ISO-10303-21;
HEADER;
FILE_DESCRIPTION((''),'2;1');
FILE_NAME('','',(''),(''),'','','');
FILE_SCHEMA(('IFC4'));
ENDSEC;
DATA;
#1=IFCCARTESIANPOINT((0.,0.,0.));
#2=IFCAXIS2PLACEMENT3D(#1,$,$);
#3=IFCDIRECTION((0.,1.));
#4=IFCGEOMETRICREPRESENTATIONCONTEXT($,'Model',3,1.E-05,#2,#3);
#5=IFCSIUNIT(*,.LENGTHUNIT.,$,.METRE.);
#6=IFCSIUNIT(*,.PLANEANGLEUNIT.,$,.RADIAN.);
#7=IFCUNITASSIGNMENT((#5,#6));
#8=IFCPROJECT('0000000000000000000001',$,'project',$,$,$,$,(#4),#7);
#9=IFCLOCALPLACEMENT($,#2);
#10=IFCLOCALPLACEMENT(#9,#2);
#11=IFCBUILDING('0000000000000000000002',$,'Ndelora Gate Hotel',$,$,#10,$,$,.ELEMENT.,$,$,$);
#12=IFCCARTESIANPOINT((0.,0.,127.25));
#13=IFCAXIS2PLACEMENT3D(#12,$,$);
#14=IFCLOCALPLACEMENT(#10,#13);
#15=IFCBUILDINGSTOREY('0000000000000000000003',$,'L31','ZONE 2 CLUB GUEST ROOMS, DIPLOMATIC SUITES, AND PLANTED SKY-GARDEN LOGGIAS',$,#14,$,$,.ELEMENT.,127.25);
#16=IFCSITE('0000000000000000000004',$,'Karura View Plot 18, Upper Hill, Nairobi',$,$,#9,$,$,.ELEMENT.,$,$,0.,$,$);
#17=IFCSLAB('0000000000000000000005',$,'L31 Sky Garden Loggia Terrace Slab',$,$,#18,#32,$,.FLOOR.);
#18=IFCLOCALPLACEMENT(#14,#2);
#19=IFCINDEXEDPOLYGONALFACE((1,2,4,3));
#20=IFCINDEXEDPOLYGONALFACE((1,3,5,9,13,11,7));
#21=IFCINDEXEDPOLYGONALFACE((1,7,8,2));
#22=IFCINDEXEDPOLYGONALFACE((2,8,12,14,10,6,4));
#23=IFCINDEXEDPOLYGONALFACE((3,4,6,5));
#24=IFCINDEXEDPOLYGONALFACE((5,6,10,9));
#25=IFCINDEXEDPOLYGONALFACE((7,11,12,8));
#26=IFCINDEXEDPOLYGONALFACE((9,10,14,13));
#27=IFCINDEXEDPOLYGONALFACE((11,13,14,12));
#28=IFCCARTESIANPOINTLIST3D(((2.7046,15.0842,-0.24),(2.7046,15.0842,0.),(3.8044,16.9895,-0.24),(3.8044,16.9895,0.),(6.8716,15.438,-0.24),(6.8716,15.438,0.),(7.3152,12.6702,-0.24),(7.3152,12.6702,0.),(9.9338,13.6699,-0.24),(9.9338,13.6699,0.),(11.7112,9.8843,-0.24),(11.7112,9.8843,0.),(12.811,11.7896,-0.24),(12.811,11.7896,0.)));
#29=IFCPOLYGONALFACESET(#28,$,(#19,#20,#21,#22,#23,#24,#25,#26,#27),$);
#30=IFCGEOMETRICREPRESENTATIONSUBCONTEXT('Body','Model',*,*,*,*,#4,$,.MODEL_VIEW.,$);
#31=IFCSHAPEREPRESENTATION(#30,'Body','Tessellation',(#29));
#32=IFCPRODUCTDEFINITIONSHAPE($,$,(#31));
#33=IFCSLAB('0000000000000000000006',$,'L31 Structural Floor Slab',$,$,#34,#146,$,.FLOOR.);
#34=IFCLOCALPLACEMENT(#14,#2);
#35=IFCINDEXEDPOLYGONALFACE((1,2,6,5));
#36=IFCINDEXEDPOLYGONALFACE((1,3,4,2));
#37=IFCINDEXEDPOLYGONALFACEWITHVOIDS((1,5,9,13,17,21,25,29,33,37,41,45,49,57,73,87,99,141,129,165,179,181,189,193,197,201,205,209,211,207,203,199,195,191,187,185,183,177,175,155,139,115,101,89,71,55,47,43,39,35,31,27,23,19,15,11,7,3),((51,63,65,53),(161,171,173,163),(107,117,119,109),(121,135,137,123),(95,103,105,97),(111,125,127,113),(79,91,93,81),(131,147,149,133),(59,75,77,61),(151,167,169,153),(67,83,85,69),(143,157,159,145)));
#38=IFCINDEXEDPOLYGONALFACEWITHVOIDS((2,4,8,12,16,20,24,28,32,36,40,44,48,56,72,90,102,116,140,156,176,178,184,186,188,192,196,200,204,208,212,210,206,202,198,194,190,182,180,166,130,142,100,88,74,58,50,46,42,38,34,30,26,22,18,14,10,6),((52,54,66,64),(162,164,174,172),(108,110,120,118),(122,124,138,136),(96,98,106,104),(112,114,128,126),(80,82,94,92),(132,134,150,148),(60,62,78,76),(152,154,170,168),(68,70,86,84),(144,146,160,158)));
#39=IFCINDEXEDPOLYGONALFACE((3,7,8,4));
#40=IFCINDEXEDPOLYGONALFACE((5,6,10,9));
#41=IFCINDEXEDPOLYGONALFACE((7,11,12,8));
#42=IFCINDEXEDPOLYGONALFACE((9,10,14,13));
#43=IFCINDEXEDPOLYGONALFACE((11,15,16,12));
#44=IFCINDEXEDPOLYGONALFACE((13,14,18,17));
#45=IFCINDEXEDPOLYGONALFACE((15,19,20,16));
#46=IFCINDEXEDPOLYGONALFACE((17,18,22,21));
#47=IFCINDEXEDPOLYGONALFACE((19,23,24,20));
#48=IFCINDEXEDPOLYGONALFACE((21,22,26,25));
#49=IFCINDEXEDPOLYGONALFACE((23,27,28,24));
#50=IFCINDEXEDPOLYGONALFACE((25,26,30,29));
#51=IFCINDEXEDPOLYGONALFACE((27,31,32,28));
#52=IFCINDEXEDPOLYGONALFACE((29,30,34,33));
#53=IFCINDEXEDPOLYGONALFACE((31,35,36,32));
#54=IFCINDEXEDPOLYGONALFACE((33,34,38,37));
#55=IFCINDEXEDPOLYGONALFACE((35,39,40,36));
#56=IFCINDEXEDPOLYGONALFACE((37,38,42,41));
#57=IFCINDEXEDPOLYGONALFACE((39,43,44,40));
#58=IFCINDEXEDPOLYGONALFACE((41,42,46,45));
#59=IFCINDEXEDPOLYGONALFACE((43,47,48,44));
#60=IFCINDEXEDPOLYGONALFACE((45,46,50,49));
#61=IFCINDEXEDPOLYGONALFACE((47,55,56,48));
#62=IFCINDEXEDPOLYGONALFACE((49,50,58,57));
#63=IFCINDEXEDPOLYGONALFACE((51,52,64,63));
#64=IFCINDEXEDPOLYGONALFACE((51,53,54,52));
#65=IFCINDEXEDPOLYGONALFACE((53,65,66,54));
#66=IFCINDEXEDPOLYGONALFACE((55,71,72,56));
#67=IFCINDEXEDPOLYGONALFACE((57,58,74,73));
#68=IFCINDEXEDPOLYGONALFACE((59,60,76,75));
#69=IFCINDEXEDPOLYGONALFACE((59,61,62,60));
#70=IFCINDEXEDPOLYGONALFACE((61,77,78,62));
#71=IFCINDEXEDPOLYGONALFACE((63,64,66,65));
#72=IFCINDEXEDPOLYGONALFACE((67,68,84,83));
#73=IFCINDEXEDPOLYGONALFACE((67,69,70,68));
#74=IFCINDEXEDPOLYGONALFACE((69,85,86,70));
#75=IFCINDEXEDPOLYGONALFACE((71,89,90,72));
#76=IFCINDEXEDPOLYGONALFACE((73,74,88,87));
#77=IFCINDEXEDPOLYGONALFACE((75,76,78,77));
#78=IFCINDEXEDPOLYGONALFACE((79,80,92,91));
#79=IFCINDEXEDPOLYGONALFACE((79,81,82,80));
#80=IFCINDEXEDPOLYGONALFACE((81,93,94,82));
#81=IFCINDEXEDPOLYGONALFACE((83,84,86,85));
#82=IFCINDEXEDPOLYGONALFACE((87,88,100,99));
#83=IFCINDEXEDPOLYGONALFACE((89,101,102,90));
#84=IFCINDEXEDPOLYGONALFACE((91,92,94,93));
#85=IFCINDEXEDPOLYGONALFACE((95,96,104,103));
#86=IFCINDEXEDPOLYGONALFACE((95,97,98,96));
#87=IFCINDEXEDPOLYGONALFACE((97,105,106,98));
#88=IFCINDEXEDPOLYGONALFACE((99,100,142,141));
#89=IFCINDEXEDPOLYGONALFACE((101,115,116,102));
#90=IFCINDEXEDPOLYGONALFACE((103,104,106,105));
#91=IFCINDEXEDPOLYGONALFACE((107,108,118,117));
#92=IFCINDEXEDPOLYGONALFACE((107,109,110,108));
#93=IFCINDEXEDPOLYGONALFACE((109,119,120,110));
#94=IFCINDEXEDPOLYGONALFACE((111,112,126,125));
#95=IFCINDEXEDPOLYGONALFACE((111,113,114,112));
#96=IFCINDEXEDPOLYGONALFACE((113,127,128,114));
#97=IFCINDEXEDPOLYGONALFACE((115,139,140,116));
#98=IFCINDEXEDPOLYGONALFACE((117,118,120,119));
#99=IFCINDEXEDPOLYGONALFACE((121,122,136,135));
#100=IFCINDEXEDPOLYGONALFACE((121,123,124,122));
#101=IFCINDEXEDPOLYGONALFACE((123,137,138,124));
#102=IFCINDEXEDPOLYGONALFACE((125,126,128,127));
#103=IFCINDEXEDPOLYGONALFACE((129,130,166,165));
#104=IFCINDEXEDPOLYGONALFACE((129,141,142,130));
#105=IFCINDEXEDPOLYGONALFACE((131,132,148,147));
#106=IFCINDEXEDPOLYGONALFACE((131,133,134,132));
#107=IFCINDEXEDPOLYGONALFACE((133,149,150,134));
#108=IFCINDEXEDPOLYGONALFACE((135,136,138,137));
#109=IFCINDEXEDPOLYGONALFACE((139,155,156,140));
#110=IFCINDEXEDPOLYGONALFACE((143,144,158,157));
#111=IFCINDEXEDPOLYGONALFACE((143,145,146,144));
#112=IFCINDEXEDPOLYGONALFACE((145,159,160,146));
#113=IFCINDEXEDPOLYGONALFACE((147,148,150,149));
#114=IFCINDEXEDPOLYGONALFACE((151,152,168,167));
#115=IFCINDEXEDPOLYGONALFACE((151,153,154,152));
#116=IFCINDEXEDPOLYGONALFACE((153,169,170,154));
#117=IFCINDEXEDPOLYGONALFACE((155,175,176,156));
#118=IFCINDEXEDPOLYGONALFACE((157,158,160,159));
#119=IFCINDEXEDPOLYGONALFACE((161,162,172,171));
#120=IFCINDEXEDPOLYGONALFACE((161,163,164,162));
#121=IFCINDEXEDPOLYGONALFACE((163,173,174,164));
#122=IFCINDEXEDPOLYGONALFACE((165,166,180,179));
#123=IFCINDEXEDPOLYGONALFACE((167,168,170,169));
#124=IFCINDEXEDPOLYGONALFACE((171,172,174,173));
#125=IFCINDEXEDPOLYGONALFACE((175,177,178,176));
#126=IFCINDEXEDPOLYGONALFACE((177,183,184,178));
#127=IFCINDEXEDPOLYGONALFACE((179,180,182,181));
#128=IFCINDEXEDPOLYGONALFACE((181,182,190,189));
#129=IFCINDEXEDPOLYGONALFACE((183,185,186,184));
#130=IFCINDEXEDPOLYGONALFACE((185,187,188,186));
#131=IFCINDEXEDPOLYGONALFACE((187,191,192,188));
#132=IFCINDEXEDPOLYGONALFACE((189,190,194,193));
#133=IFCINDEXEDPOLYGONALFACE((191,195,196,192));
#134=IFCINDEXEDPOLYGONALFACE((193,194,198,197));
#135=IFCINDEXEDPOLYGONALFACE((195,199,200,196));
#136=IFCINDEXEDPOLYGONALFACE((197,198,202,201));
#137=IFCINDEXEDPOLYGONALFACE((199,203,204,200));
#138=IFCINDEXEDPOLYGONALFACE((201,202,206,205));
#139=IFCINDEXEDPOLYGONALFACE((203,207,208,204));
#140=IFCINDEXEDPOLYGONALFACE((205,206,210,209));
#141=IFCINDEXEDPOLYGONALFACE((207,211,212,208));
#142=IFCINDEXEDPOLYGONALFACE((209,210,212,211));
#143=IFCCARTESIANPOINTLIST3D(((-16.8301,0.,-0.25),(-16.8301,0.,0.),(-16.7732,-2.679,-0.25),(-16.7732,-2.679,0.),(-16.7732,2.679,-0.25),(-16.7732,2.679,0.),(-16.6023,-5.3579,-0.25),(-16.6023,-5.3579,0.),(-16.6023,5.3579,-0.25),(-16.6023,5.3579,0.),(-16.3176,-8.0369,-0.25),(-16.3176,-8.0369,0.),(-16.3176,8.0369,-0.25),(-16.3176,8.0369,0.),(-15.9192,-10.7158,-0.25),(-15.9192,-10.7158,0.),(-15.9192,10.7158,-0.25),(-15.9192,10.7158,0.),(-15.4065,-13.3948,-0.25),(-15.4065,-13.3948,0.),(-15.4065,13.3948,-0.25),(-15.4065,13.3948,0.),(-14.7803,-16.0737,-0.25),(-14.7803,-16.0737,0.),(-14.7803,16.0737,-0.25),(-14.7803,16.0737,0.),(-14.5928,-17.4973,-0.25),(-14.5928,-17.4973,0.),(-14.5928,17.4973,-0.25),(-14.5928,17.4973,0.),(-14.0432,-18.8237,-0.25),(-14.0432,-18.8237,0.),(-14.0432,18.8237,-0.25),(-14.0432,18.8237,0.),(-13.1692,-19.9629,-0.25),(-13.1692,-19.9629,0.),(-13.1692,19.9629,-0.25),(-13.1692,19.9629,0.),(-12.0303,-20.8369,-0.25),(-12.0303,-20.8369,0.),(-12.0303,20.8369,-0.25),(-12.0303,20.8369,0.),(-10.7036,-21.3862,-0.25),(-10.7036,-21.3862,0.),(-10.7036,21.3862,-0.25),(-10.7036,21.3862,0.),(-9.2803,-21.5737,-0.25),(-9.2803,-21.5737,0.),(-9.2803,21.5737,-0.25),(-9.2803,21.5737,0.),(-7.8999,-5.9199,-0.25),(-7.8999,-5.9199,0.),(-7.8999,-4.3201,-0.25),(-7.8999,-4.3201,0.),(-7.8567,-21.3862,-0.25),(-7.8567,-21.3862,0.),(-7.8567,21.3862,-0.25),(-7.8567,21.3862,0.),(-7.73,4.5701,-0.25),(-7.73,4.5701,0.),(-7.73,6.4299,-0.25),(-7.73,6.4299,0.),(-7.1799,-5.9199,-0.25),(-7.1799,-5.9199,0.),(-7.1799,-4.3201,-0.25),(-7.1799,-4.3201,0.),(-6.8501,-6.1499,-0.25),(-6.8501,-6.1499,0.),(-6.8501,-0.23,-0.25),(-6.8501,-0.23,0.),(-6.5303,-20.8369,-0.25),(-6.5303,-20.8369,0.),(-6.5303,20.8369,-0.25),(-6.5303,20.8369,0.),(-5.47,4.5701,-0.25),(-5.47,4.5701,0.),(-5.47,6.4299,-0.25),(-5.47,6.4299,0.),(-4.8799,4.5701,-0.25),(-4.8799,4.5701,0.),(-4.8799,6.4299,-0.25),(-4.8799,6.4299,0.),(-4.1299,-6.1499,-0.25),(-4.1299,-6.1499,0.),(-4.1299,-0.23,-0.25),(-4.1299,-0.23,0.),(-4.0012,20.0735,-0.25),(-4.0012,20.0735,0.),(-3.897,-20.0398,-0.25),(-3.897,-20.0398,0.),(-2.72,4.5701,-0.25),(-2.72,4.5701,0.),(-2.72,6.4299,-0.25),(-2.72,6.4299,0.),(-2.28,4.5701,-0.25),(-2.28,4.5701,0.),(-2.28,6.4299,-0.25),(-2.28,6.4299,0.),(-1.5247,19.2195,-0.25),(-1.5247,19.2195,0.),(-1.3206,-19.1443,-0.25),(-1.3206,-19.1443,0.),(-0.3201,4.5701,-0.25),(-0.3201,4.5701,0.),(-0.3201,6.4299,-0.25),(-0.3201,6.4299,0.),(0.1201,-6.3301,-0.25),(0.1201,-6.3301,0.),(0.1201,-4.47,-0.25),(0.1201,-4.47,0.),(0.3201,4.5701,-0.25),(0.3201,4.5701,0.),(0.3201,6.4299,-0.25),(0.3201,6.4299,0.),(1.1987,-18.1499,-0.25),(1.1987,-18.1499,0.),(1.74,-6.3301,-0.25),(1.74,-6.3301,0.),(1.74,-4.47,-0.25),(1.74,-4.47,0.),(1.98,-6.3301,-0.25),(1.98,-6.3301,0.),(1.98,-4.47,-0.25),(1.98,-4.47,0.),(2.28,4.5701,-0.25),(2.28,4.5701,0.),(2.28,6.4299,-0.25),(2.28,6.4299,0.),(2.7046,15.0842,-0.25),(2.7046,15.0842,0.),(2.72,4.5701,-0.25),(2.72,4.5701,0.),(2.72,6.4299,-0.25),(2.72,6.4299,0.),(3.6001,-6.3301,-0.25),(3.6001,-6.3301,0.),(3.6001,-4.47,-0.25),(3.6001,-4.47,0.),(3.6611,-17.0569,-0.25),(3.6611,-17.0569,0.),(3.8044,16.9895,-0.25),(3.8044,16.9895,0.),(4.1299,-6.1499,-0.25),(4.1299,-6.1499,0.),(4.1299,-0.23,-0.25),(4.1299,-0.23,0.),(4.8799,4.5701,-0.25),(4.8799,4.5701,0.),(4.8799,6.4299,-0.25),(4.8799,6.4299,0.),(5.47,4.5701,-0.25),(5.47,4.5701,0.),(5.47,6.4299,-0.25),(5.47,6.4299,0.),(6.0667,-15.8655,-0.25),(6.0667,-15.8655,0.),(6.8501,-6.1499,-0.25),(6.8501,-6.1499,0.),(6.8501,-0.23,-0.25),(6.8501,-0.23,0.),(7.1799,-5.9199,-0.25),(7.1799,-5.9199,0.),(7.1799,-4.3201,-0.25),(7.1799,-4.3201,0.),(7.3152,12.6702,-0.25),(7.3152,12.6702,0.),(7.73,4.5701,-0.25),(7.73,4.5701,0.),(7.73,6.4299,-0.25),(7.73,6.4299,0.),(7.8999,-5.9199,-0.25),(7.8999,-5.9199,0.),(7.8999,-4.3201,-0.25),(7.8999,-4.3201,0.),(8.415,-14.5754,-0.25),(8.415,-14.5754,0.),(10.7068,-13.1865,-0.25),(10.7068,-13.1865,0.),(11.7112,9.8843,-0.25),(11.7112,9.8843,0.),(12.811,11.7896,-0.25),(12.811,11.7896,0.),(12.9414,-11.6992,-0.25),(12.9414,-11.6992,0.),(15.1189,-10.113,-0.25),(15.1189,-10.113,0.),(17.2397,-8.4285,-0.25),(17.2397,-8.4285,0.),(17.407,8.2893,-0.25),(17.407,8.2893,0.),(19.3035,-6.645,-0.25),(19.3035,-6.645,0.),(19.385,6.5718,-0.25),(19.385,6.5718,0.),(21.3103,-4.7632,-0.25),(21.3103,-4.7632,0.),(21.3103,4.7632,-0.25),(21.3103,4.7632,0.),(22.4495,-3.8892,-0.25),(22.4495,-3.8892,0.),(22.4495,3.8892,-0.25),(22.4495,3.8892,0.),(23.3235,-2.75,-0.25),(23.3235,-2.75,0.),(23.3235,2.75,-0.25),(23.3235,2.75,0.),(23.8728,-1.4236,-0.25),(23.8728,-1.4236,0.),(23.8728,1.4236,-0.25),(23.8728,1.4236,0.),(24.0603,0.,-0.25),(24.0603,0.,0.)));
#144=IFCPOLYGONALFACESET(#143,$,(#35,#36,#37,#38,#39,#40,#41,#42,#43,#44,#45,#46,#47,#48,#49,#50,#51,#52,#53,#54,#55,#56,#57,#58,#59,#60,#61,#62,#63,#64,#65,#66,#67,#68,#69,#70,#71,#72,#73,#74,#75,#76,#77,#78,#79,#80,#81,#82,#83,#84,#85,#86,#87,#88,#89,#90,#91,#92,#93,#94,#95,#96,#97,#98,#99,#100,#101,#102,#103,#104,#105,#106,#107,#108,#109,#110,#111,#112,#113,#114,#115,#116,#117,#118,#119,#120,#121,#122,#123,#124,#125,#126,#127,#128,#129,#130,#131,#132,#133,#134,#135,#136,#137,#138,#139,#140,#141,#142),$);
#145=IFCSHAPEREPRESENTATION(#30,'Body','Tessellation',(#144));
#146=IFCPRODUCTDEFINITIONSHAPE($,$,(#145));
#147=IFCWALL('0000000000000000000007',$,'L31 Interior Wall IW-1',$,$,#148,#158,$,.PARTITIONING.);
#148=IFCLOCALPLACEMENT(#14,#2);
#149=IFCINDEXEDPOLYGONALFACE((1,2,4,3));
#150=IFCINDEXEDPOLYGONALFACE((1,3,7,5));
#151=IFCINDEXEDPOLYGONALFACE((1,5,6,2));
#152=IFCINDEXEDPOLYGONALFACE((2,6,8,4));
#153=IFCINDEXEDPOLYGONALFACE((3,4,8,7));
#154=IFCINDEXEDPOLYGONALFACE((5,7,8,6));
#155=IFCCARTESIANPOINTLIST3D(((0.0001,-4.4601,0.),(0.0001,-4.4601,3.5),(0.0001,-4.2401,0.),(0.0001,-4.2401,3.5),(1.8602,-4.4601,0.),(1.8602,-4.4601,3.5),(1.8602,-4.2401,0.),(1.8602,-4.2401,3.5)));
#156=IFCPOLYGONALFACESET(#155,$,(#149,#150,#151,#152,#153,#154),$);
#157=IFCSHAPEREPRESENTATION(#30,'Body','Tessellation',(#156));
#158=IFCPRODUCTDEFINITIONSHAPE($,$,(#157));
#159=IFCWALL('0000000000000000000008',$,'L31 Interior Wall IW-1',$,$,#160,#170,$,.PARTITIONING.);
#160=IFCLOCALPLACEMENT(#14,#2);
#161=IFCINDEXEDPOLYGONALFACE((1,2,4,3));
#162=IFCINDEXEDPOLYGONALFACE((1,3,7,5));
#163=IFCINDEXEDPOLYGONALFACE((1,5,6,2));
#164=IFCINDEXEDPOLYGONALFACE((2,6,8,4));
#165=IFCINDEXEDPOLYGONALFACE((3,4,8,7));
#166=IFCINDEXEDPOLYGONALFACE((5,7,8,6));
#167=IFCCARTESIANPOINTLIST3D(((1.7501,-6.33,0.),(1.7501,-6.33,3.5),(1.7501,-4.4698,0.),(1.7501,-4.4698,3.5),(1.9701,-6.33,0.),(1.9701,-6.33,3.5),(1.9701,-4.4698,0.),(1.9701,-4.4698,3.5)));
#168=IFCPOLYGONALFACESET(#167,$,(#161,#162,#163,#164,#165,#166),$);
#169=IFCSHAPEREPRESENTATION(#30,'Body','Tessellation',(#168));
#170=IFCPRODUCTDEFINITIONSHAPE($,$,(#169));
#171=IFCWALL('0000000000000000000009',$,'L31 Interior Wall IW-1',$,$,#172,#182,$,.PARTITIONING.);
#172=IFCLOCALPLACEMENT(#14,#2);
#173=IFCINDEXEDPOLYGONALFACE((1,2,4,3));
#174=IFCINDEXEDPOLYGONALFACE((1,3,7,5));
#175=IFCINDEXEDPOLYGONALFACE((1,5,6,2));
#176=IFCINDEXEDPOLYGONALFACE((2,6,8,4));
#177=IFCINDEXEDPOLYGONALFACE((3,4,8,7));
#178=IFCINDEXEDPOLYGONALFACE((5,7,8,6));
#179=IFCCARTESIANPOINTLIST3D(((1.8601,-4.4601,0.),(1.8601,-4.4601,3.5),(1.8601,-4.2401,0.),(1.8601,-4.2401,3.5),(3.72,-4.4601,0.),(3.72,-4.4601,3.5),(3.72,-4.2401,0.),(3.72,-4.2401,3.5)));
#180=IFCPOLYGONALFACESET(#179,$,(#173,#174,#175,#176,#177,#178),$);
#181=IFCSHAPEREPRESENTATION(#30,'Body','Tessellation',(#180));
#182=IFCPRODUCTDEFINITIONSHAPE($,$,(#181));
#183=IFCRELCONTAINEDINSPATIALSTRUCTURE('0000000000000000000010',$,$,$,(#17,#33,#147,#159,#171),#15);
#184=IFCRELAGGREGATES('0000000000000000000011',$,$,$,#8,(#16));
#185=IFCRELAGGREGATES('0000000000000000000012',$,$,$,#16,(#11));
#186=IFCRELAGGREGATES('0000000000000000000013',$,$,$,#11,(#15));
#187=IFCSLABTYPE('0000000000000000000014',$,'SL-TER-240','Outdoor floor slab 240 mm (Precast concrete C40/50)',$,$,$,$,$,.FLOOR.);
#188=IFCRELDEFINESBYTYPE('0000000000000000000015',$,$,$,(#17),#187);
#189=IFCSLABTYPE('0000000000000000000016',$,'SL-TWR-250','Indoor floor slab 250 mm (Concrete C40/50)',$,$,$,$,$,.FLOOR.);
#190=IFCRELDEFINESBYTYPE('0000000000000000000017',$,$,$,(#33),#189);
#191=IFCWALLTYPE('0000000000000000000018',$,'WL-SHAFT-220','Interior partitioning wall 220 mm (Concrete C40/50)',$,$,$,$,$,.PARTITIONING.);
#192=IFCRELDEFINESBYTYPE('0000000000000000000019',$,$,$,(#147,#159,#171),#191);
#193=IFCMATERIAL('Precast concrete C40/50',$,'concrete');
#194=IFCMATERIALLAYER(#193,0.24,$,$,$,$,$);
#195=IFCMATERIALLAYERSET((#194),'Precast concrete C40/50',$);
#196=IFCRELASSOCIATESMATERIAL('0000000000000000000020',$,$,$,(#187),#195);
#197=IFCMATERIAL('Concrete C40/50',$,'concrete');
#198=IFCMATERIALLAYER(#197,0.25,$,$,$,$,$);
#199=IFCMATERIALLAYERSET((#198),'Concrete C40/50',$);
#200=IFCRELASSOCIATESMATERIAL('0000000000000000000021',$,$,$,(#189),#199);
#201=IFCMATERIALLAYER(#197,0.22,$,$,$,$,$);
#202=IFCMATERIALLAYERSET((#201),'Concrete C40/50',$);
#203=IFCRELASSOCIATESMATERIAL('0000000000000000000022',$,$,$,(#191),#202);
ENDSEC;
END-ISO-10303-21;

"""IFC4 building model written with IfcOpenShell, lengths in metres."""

from ifc_helpers import new_model, si_unit, direction, frame, frame_2d, origin, place, context, subcontext, project, spatial, polyline, rectangle, outline, extrude, material, layer, layer_set, type_object, element, save


model = new_model("IFC4")

# Units and contexts
model_context = context("Model", 3, precision=1e-05, world=origin(), true_north=direction((0.0, 1.0)))
body_context = subcontext(model_context, "Body", "Model", "MODEL_VIEW")
ifc_project = project(units=[si_unit("LENGTHUNIT", "METRE"), si_unit("PLANEANGLEUNIT", "RADIAN")], contexts=[model_context])

# Site, building, storey
site_placement = place(None, origin())
site = spatial("IfcSite", under=ifc_project, at=site_placement, Name="Karura View Plot 18, Upper Hill, Nairobi", CompositionType="ELEMENT", RefElevation=0.0)
building_placement = place(site_placement, origin())
building = spatial("IfcBuilding", under=site, at=building_placement, Name="Ndelora Gate Hotel", CompositionType="ELEMENT")
storey_placement = place(building_placement, frame((0.0, 0.0, 127.25)))
storey = spatial("IfcBuildingStorey", under=building, at=storey_placement, Name="L31", Description="ZONE 2 CLUB GUEST ROOMS, DIPLOMATIC SUITES, AND PLANTED SKY-GARDEN LOGGIAS", CompositionType="ELEMENT", Elevation=127.25)

# Slabs
ifc_material_1 = material(Name="Precast concrete C40/50", Category="concrete")
ifc_layer_1 = layer(ifc_material_1, 0.24)
ifc_layer_set_1 = layer_set([ifc_layer_1], Name="Precast concrete C40/50")
slab_type_1 = type_object("IfcSlabType", Name="SL-TER-240", Description="Outdoor floor slab 240 mm (Precast concrete C40/50)", PredefinedType="FLOOR", material=ifc_layer_set_1)
slab_1_placement = place(storey_placement, frame((0.0, 0.0, -0.24)))
element("IfcSlab", 1, at=slab_1_placement, inside=storey, type_object=slab_type_1, Name="L31 Sky Garden Loggia Terrace Slab", PredefinedType="FLOOR", context=body_context, shape_type="SweptSolid", body=[
    extrude(outline(polyline([(11.7112, 9.8843), (12.811, 11.7896), (9.9338, 13.6699), (6.8716, 15.438), (3.8044, 16.9895), (2.7046, 15.0842), (7.3152, 12.6702), (11.7112, 9.8843)])), origin(), (0.0, 0.0, 1.0), 0.24),
])
ifc_material_2 = material(Name="Concrete C40/50", Category="concrete")
ifc_layer_2 = layer(ifc_material_2, 0.25)
ifc_layer_set_2 = layer_set([ifc_layer_2], Name="Concrete C40/50")
slab_type_2 = type_object("IfcSlabType", Name="SL-TWR-250", Description="Indoor floor slab 250 mm (Concrete C40/50)", PredefinedType="FLOOR", material=ifc_layer_set_2)
slab_2_placement = place(storey_placement, frame((0.0, 0.0, -0.25)))
element("IfcSlab", 2, at=slab_2_placement, inside=storey, type_object=slab_type_2, Name="L31 Structural Floor Slab", PredefinedType="FLOOR", context=body_context, shape_type="SweptSolid", body=[
    extrude(outline(polyline([(-6.5303, 20.8369), (-7.8567, 21.3862), (-9.2803, 21.5737), (-10.7036, 21.3862), (-12.0303, 20.8369), (-13.1692, 19.9629), (-14.0432, 18.8237), (-14.5928, 17.4973), (-14.7803, 16.0737), (-15.4065, 13.3948), (-15.9192, 10.7158), (-16.3176, 8.0369), (-16.6023, 5.3579), (-16.7732, 2.679), (-16.8301, 0.0), (-16.7732, -2.679), (-16.6023, -5.3579), (-16.3176, -8.0369), (-15.9192, -10.7158), (-15.4065, -13.3948), (-14.7803, -16.0737), (-14.5928, -17.4973), (-14.0432, -18.8237), (-13.1692, -19.9629), (-12.0303, -20.8369), (-10.7036, -21.3862), (-9.2803, -21.5737), (-7.8567, -21.3862), (-6.5303, -20.8369), (-3.897, -20.0398), (-1.3206, -19.1443), (1.1987, -18.1499), (3.6611, -17.0569), (6.0667, -15.8655), (8.415, -14.5754), (10.7068, -13.1865), (12.9414, -11.6992), (15.1189, -10.113), (17.2397, -8.4285), (19.3035, -6.645), (21.3103, -4.7632), (22.4495, -3.8892), (23.3235, -2.75), (23.8728, -1.4236), (24.0603, 0.0), (23.8728, 1.4236), (23.3235, 2.75), (22.4495, 3.8892), (21.3103, 4.7632), (19.385, 6.5718), (17.407, 8.2893), (12.811, 11.7896), (11.7112, 9.8843), (7.3152, 12.6702), (2.7046, 15.0842), (3.8044, 16.9895), (-1.5247, 19.2195), (-4.0012, 20.0735), (-6.5303, 20.8369)]), holes=[polyline([(-6.8501, -0.23), (-6.8501, -6.1499), (-4.1299, -6.1499), (-4.1299, -0.23), (-6.8501, -0.23)]), polyline([(4.1299, -0.23), (4.1299, -6.1499), (6.8501, -6.1499), (6.8501, -0.23), (4.1299, -0.23)]), polyline([(-7.73, 4.5701), (-5.47, 4.5701), (-5.47, 6.4299), (-7.73, 6.4299), (-7.73, 4.5701)]), polyline([(5.47, 4.5701), (7.73, 4.5701), (7.73, 6.4299), (5.47, 6.4299), (5.47, 4.5701)]), polyline([(-4.8799, 4.5701), (-2.72, 4.5701), (-2.72, 6.4299), (-4.8799, 6.4299), (-4.8799, 4.5701)]), polyline([(2.72, 4.5701), (4.8799, 4.5701), (4.8799, 6.4299), (2.72, 6.4299), (2.72, 4.5701)]), polyline([(0.1201, -6.3301), (1.74, -6.3301), (1.74, -4.47), (0.1201, -4.47), (0.1201, -6.3301)]), polyline([(1.98, -6.3301), (3.6001, -6.3301), (3.6001, -4.47), (1.98, -4.47), (1.98, -6.3301)]), polyline([(-2.28, 4.5701), (-0.3201, 4.5701), (-0.3201, 6.4299), (-2.28, 6.4299), (-2.28, 4.5701)]), polyline([(0.3201, 4.5701), (2.28, 4.5701), (2.28, 6.4299), (0.3201, 6.4299), (0.3201, 4.5701)]), polyline([(-7.8999, -5.9199), (-7.1799, -5.9199), (-7.1799, -4.3201), (-7.8999, -4.3201), (-7.8999, -5.9199)]), polyline([(7.1799, -5.9199), (7.8999, -5.9199), (7.8999, -4.3201), (7.1799, -4.3201), (7.1799, -5.9199)])]), origin(), (0.0, 0.0, 1.0), 0.25),
])

# Walls
ifc_layer_3 = layer(ifc_material_2, 0.22)
ifc_layer_set_3 = layer_set([ifc_layer_3], Name="Concrete C40/50")
wall_type_1 = type_object("IfcWallType", Name="WL-SHAFT-220", Description="Interior partitioning wall 220 mm (Concrete C40/50)", PredefinedType="PARTITIONING", material=ifc_layer_set_3)
for number, where, z_axis, x_axis, name in (
    (3, (0.0, -4.3501, 0.0), (0.0, 0.0, 1.0), (1.0, 0.0, 0.0), "L31 Interior Wall IW-1"),
    (4, (1.8601, -6.3301, 0.0), (0.0, 0.0, 1.0), (0.0, 1.0, 0.0), "L31 Interior Wall IW-1"),
):
    element("IfcWall", number, at=place(storey_placement, frame(where, z_axis=z_axis, x_axis=x_axis)), inside=storey, type_object=wall_type_1, Name=name, PredefinedType="PARTITIONING", context=body_context, shape_type="SweptSolid", body=[
        extrude(rectangle(XDim=1.8601, YDim=0.22, at=frame_2d((0.9302, 0.0))), origin(), (0.0, 0.0, 1.0), 3.5),
    ])
wall_1_placement = place(storey_placement, frame((1.8601, -4.3501, 0.0), z_axis=(0.0, 0.0, 1.0), x_axis=(1.0, 0.0, 0.0)))
element("IfcWall", 5, at=wall_1_placement, inside=storey, type_object=wall_type_1, Name="L31 Interior Wall IW-1", PredefinedType="PARTITIONING", context=body_context, shape_type="SweptSolid", body=[
    extrude(rectangle(XDim=1.8599, YDim=0.22, at=frame_2d((0.9299, 0.0))), origin(), (0.0, 0.0, 1.0), 3.5),
])

save(model, "model.ifc")
